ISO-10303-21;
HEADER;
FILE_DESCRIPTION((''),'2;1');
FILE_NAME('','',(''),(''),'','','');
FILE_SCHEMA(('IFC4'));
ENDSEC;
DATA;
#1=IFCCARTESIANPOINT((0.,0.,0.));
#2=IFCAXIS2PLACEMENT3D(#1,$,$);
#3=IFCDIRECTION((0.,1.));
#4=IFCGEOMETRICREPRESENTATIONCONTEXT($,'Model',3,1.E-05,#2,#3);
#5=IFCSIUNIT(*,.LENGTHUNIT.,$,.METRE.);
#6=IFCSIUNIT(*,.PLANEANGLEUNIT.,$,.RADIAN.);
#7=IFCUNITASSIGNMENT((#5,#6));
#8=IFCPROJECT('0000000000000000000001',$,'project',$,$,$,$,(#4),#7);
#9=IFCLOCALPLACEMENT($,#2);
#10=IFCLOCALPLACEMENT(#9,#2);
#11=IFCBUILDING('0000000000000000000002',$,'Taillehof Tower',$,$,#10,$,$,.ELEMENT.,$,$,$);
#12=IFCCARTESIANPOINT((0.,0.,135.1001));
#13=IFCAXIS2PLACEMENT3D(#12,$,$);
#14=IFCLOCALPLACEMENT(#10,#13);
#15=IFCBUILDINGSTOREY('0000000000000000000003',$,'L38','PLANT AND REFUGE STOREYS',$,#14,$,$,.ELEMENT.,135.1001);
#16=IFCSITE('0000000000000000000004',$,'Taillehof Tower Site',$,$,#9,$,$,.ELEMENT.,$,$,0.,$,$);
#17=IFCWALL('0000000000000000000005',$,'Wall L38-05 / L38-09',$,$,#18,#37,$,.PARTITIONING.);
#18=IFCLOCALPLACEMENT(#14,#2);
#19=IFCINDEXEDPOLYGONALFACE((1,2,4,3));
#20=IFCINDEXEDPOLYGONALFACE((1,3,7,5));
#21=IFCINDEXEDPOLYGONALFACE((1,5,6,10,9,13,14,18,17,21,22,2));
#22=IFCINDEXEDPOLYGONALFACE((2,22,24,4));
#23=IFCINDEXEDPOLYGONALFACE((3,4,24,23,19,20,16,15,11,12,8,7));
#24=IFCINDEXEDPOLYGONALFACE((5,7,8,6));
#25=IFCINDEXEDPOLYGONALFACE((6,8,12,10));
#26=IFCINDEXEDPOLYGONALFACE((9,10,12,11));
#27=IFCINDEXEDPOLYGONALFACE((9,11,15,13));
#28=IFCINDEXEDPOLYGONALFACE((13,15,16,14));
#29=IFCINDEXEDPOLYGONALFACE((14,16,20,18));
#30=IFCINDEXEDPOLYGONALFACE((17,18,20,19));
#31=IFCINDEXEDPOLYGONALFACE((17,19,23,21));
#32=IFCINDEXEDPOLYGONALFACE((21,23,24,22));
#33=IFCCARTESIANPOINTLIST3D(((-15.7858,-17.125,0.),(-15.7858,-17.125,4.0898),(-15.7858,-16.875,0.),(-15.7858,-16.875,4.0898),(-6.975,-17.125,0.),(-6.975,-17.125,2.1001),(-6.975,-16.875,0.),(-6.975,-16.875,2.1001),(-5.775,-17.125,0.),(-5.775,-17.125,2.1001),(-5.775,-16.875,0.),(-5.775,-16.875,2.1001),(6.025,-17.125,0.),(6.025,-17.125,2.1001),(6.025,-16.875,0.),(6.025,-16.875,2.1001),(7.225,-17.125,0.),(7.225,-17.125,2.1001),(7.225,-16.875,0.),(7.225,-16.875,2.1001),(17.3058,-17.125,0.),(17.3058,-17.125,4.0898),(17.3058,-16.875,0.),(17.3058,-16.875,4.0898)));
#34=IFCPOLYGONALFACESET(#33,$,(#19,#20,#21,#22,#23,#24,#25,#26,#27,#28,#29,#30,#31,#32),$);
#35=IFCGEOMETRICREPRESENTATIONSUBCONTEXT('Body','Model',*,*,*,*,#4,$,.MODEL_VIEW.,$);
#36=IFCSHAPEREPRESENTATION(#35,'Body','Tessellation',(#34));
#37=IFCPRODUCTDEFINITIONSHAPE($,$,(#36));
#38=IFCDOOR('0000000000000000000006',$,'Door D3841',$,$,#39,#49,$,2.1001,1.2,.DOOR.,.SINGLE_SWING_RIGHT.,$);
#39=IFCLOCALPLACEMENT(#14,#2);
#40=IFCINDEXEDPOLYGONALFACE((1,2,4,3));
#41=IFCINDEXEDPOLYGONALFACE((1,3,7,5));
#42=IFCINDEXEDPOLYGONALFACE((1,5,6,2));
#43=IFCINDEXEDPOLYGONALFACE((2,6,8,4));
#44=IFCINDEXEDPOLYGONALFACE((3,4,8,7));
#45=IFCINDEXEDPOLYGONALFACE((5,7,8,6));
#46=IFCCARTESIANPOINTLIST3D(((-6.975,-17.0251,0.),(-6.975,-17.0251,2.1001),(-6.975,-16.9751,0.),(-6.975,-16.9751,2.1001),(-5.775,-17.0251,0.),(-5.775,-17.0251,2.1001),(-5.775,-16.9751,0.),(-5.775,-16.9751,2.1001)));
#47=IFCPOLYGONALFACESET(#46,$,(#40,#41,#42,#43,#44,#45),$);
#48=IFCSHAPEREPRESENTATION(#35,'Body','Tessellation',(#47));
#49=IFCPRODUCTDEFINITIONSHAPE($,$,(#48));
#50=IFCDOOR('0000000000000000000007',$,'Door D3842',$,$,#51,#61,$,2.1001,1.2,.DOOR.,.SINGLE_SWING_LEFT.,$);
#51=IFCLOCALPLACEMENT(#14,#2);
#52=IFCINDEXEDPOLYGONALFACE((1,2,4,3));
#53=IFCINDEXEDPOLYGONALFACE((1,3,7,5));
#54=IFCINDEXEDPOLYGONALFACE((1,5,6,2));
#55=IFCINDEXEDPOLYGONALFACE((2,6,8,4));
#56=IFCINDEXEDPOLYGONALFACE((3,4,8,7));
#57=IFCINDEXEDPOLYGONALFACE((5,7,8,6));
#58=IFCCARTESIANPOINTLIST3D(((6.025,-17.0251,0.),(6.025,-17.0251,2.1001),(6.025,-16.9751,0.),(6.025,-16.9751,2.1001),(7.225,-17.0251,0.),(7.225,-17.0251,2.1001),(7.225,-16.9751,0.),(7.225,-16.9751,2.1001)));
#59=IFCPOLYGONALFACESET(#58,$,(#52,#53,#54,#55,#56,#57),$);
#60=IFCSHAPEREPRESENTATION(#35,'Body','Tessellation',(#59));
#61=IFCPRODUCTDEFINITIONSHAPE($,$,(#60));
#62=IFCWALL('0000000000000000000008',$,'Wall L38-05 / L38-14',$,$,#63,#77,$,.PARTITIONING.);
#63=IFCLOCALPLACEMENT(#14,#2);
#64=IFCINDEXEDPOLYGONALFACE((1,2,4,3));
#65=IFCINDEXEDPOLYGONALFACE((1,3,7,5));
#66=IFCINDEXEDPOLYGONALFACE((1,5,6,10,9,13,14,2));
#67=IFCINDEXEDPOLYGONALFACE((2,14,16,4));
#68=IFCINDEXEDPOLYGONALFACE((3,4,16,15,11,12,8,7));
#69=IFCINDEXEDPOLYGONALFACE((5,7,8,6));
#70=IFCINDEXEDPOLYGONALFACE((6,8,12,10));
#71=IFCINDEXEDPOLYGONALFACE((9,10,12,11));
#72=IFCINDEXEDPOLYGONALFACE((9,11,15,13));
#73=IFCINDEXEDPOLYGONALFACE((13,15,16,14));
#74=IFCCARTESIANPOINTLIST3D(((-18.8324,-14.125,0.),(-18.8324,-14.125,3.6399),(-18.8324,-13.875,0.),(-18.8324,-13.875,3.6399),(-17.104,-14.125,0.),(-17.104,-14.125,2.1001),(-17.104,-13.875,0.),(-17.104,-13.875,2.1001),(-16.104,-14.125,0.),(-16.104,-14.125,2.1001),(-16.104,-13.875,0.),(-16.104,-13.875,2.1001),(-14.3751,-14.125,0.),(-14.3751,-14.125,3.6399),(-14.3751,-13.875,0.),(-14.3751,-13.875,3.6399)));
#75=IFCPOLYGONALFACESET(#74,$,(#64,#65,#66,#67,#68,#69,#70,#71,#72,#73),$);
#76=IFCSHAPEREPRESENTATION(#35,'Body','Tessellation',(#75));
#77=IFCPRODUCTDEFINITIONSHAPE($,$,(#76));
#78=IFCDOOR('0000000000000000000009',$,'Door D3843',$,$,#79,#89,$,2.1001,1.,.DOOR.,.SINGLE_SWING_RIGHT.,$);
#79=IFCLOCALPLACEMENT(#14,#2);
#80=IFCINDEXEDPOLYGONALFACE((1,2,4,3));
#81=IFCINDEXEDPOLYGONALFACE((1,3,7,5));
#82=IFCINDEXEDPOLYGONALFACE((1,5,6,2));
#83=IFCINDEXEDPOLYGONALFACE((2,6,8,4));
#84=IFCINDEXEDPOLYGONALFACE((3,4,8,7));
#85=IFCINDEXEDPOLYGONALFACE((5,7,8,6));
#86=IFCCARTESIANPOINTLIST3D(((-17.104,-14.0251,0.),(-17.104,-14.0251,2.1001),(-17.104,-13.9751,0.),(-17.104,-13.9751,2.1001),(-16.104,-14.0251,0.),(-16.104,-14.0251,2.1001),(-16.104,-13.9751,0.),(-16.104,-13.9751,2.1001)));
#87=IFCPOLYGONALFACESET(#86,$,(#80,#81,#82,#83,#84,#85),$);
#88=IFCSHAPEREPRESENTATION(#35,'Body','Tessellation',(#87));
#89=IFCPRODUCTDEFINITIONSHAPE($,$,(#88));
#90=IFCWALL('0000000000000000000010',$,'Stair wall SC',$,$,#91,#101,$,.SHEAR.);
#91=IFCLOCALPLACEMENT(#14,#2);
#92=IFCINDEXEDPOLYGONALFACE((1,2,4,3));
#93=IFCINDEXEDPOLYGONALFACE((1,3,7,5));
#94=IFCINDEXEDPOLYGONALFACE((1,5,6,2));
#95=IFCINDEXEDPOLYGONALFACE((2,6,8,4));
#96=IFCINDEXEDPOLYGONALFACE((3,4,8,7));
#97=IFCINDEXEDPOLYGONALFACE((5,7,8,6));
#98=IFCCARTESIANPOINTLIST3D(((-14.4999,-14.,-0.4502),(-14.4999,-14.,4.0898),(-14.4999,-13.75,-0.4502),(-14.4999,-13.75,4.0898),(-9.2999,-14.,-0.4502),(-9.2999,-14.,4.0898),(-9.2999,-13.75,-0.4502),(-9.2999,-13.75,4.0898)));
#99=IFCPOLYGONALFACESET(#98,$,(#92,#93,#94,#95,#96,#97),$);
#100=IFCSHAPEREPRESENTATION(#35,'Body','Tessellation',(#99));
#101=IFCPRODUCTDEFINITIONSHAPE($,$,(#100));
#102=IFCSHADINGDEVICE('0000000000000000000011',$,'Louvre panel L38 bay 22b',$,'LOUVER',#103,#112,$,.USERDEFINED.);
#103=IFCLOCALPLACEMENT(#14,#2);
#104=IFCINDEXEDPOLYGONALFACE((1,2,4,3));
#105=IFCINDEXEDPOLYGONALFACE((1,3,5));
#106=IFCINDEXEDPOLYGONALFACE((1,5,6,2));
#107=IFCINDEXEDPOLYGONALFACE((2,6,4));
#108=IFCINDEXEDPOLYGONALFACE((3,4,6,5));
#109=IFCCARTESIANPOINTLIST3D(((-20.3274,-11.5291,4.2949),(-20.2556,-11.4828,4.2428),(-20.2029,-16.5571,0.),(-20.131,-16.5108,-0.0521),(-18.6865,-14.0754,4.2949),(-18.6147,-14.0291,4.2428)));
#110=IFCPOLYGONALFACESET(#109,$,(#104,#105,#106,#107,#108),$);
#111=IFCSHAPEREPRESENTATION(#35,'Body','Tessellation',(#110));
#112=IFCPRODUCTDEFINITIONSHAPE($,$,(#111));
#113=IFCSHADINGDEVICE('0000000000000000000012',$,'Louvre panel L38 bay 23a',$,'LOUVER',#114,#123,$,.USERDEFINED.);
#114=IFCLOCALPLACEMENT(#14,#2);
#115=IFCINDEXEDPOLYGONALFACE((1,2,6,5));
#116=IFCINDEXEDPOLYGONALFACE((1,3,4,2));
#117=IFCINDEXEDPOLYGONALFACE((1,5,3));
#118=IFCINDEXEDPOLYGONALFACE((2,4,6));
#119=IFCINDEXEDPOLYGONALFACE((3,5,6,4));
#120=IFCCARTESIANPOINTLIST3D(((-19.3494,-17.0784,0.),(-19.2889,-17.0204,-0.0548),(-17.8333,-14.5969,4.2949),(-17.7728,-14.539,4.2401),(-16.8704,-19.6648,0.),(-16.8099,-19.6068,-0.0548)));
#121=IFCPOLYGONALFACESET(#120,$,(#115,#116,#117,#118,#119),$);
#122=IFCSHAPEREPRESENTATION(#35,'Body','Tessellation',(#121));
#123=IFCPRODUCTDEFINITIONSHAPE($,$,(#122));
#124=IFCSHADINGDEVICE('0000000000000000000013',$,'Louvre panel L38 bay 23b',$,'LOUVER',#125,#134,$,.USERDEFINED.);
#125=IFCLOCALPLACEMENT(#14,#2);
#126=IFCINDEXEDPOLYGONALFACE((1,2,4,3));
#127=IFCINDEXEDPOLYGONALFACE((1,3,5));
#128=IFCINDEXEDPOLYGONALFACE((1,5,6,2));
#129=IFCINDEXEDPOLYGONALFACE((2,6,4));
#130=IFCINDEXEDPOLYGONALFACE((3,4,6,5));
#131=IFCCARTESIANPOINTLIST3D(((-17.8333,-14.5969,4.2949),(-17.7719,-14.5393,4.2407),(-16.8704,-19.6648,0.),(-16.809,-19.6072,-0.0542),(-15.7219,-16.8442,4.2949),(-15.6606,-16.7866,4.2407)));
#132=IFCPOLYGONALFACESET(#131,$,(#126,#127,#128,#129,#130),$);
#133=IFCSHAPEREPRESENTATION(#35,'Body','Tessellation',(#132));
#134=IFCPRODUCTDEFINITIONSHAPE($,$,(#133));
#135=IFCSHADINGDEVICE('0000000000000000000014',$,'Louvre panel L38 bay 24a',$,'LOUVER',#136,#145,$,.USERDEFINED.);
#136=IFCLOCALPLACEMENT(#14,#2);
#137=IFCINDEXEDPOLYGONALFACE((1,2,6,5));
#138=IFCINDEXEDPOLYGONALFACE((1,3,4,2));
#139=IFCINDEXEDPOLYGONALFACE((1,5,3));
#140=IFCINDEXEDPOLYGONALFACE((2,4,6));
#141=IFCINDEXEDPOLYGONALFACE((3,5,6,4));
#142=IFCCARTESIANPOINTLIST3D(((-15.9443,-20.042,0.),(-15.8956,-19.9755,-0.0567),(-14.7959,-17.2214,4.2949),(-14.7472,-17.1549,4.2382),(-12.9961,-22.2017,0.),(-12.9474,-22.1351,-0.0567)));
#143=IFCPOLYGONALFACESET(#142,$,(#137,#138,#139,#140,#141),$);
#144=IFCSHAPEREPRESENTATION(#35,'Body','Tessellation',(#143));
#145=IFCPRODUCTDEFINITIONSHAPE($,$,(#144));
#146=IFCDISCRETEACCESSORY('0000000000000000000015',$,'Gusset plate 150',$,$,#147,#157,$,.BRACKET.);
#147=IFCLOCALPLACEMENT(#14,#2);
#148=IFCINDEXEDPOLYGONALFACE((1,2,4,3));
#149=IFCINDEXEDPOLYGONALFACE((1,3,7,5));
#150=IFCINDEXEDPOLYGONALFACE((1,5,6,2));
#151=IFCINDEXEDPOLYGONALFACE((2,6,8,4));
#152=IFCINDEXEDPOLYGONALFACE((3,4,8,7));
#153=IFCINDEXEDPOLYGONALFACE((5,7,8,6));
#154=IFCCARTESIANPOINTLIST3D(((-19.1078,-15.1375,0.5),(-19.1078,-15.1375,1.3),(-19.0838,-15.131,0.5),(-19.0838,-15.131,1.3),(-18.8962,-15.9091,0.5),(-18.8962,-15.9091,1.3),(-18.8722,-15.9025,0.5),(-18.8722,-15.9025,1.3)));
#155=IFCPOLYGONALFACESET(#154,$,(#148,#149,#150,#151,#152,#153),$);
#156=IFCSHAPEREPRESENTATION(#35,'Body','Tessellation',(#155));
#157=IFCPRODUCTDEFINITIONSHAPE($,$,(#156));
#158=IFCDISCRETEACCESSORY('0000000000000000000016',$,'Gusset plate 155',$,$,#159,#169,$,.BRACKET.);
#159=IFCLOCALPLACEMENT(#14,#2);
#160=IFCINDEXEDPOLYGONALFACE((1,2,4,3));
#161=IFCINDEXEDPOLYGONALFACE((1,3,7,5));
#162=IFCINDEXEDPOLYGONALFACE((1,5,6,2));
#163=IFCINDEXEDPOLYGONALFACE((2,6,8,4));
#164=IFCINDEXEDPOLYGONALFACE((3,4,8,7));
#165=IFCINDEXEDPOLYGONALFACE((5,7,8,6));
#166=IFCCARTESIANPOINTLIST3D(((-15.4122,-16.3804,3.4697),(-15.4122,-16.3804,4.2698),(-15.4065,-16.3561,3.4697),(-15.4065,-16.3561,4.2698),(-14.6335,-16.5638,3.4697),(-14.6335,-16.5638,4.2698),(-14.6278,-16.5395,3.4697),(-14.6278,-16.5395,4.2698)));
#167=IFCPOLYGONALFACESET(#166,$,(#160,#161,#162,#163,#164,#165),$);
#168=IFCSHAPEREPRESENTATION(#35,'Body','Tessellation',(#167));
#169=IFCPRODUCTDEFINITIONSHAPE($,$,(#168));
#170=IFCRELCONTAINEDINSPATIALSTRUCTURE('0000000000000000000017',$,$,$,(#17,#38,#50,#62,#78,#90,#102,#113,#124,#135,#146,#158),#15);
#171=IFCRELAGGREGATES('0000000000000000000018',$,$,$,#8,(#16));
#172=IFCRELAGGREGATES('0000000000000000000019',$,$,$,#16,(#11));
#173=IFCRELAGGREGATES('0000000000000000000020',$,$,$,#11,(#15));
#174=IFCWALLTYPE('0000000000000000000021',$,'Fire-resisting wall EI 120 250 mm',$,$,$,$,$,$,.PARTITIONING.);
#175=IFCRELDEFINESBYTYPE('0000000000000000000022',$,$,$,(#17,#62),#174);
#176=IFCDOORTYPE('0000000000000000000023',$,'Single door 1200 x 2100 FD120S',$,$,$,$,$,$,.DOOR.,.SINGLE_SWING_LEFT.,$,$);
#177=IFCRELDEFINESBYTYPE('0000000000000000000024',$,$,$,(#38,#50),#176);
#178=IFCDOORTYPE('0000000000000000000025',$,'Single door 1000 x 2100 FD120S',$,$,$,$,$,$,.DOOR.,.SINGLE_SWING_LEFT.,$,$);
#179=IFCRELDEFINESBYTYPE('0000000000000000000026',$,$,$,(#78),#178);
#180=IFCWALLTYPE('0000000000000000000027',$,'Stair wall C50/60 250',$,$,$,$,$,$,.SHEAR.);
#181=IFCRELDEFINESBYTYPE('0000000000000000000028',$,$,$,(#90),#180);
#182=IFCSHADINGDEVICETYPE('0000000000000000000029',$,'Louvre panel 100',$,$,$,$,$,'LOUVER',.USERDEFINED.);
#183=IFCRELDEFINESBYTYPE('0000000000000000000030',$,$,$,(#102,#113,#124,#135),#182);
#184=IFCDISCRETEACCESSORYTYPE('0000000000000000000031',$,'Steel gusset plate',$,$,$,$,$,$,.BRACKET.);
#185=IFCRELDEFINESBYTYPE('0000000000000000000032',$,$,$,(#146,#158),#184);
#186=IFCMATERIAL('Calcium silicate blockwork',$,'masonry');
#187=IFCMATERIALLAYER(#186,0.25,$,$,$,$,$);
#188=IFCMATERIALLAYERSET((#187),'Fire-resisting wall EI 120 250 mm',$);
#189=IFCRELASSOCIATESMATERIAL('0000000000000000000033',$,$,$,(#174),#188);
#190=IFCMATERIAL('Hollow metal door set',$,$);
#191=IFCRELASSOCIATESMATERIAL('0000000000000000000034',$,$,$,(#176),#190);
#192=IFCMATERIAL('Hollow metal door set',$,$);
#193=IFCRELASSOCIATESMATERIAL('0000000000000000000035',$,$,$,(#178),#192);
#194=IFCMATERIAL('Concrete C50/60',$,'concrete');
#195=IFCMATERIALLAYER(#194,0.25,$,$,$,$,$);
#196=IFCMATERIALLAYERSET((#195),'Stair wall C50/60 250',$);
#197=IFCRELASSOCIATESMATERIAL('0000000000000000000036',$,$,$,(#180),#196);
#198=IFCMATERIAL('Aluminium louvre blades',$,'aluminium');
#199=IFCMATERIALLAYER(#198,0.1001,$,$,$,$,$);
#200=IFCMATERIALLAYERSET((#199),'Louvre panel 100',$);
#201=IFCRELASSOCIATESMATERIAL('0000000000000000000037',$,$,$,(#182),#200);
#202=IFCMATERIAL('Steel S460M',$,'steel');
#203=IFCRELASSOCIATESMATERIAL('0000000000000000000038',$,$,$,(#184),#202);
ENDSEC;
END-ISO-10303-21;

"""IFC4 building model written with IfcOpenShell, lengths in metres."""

from ifc_helpers import new_model, si_unit, direction, frame, frame_2d, origin, origin_2d, place, context, subcontext, project, spatial, polyline, rectangle, outline, extrude, material, layer, layer_set, type_object, element, fill, save


model = new_model("IFC4")

# Units and contexts
model_context = context("Model", 3, precision=1e-05, world=origin(), true_north=direction((0.0, 1.0)))
body_context = subcontext(model_context, "Body", "Model", "MODEL_VIEW")
ifc_project = project(units=[si_unit("LENGTHUNIT", "METRE"), si_unit("PLANEANGLEUNIT", "RADIAN")], contexts=[model_context])

# Site, building, storey
site_placement = place(None, origin())
site = spatial("IfcSite", under=ifc_project, at=site_placement, Name="Taillehof Tower Site", CompositionType="ELEMENT", RefElevation=0.0)
building_placement = place(site_placement, origin())
building = spatial("IfcBuilding", under=site, at=building_placement, Name="Taillehof Tower", CompositionType="ELEMENT")
storey_placement = place(building_placement, frame((0.0, 0.0, 135.1001)))
storey = spatial("IfcBuildingStorey", under=building, at=storey_placement, Name="L38", Description="PLANT AND REFUGE STOREYS", CompositionType="ELEMENT", Elevation=135.1001)

# Shared definitions
ifc_material_1 = material(Name="Calcium silicate blockwork", Category="masonry")
ifc_layer_1 = layer(ifc_material_1, 0.25)
ifc_layer_set_1 = layer_set([ifc_layer_1], Name="Fire-resisting wall EI 120 250 mm")
wall_type_1 = type_object("IfcWallType", Name="Fire-resisting wall EI 120 250 mm", PredefinedType="PARTITIONING", material=ifc_layer_set_1)

# Wall, openings, doors
wall_1_placement = place(storey_placement, frame((-15.7859, -17.0, 0.0), z_axis=(0.0, 0.0, 1.0), x_axis=(1.0, 0.0, 0.0)))
wall_1 = element("IfcWall", 1, at=wall_1_placement, inside=storey, type_object=wall_type_1, Name="Wall L38-05 / L38-09", PredefinedType="PARTITIONING", context=body_context, shape_type="SweptSolid", body=[
    extrude(rectangle(XDim=33.0916, YDim=0.25, at=frame_2d((16.5459, 0.0))), origin(), (0.0, 0.0, 1.0), 4.0898),
])
opening_1_placement = place(wall_1_placement, frame((8.8108, 0.0, 0.0)))
opening_1 = element("IfcOpeningElement", 2, at=opening_1_placement, cuts=wall_1, PredefinedType="OPENING", context=body_context, shape_type="SweptSolid", body=[
    extrude(rectangle(XDim=1.2, YDim=2.1001, at=frame_2d((0.6001, 1.05))), frame((0.0, 0.135, 0.0), z_axis=(0.0, -1.0, 0.0), x_axis=(1.0, 0.0, 0.0)), (0.0, 0.0, 1.0), 0.27),
])
opening_2_placement = place(wall_1_placement, frame((21.8108, 0.0, 0.0)))
opening_2 = element("IfcOpeningElement", 3, at=opening_2_placement, cuts=wall_1, PredefinedType="OPENING", context=body_context, shape_type="SweptSolid", body=[
    extrude(rectangle(XDim=1.2, YDim=2.1001, at=frame_2d((0.6001, 1.05))), frame((0.0, 0.135, 0.0), z_axis=(0.0, -1.0, 0.0), x_axis=(1.0, 0.0, 0.0)), (0.0, 0.0, 1.0), 0.27),
])
ifc_material_2 = material(Name="Hollow metal door set")
door_type_1 = type_object("IfcDoorType", Name="Single door 1200 x 2100 FD120S", OperationType="SINGLE_SWING_LEFT", PredefinedType="DOOR", material=ifc_material_2)
door_1_placement = place(opening_1_placement, origin())
door_1 = element("IfcDoor", 4, at=door_1_placement, inside=storey, type_object=door_type_1, Name="Door D3841", OperationType="SINGLE_SWING_RIGHT", OverallHeight=2.1001, OverallWidth=1.2, PredefinedType="DOOR", context=body_context, shape_type="SweptSolid", body=[
    extrude(rectangle(XDim=1.2, YDim=2.1001, at=frame_2d((0.6001, 1.05))), frame((0.0, 0.0249, 0.0), z_axis=(0.0, -1.0, 0.0), x_axis=(1.0, 0.0, 0.0)), (0.0, 0.0, 1.0), 0.05),
])
fill(opening_1, door_1)
door_2_placement = place(opening_2_placement, origin())
door_2 = element("IfcDoor", 5, at=door_2_placement, inside=storey, type_object=door_type_1, Name="Door D3842", OperationType="SINGLE_SWING_LEFT", OverallHeight=2.1001, OverallWidth=1.2, PredefinedType="DOOR", context=body_context, shape_type="SweptSolid", body=[
    extrude(rectangle(XDim=1.2, YDim=2.1001, at=frame_2d((0.6001, 1.05))), frame((0.0, 0.0249, 0.0), z_axis=(0.0, -1.0, 0.0), x_axis=(1.0, 0.0, 0.0)), (0.0, 0.0, 1.0), 0.05),
])
fill(opening_2, door_2)

# Wall, opening, door
wall_2_placement = place(storey_placement, frame((-18.8323, -14.0, 0.0), z_axis=(0.0, 0.0, 1.0), x_axis=(1.0, 0.0, 0.0)))
wall_2 = element("IfcWall", 6, at=wall_2_placement, inside=storey, type_object=wall_type_1, Name="Wall L38-05 / L38-14", PredefinedType="PARTITIONING", context=body_context, shape_type="SweptSolid", body=[
    extrude(rectangle(XDim=4.4573, YDim=0.25, at=frame_2d((2.2285, 0.0))), origin(), (0.0, 0.0, 1.0), 3.6399),
])
opening_3_placement = place(wall_2_placement, frame((1.7283, 0.0, 0.0)))
opening_3 = element("IfcOpeningElement", 7, at=opening_3_placement, cuts=wall_2, PredefinedType="OPENING", context=body_context, shape_type="SweptSolid", body=[
    extrude(rectangle(XDim=1.0, YDim=2.1001, at=frame_2d((0.5, 1.05))), frame((0.0, 0.135, 0.0), z_axis=(0.0, -1.0, 0.0), x_axis=(1.0, 0.0, 0.0)), (0.0, 0.0, 1.0), 0.27),
])
ifc_material_3 = material(Name="Hollow metal door set")
door_type_2 = type_object("IfcDoorType", Name="Single door 1000 x 2100 FD120S", OperationType="SINGLE_SWING_LEFT", PredefinedType="DOOR", material=ifc_material_3)
door_3_placement = place(opening_3_placement, origin())
door_3 = element("IfcDoor", 8, at=door_3_placement, inside=storey, type_object=door_type_2, Name="Door D3843", OperationType="SINGLE_SWING_RIGHT", OverallHeight=2.1001, OverallWidth=1.0, PredefinedType="DOOR", context=body_context, shape_type="SweptSolid", body=[
    extrude(rectangle(XDim=1.0, YDim=2.1001, at=frame_2d((0.5, 1.05))), frame((0.0, 0.0249, 0.0), z_axis=(0.0, -1.0, 0.0), x_axis=(1.0, 0.0, 0.0)), (0.0, 0.0, 1.0), 0.05),
])
fill(opening_3, door_3)

# Wall
ifc_material_4 = material(Name="Concrete C50/60", Category="concrete")
ifc_layer_2 = layer(ifc_material_4, 0.25)
ifc_layer_set_2 = layer_set([ifc_layer_2], Name="Stair wall C50/60 250")
wall_type_2 = type_object("IfcWallType", Name="Stair wall C50/60 250", PredefinedType="SHEAR", material=ifc_layer_set_2)
wall_3_placement = place(storey_placement, frame((-14.5, -13.875, -0.4502), z_axis=(0.0, 0.0, 1.0), x_axis=(1.0, 0.0, 0.0)))
element("IfcWall", 9, at=wall_3_placement, inside=storey, type_object=wall_type_2, Name="Stair wall SC", PredefinedType="SHEAR", context=body_context, shape_type="SweptSolid", body=[
    extrude(rectangle(XDim=5.2, YDim=0.25, at=frame_2d((2.6001, 0.0))), origin(), (0.0, 0.0, 1.0), 4.54),
])

# Shading devices
ifc_material_5 = material(Name="Aluminium louvre blades", Category="aluminium")
ifc_layer_3 = layer(ifc_material_5, 0.1001)
ifc_layer_set_3 = layer_set([ifc_layer_3], Name="Louvre panel 100")
shading_device_type = type_object("IfcShadingDeviceType", Name="Louvre panel 100", ElementType="LOUVER", PredefinedType="USERDEFINED", material=ifc_layer_set_3)
shading_device_1_placement = place(storey_placement, frame((-20.2029, -16.5571, 0.0), z_axis=(-0.717691, -0.462474, 0.520613), x_axis=(0.292341, 0.478448, 0.828024)))
element("IfcShadingDevice", 10, at=shading_device_1_placement, inside=storey, type_object=shading_device_type, Name="Louvre panel L38 bay 22b", ObjectType="LOUVER", PredefinedType="USERDEFINED", context=body_context, shape_type="SweptSolid", body=[
    extrude(outline(polyline([(0.0, 0.0), (5.187, 0.0), (5.9256, 2.9379), (0.0, 0.0)])), origin(), (0.0, 0.0, -1.0), 0.1001),
])
shading_device_2_placement = place(storey_placement, frame((-19.3494, -17.0784, 0.0), z_axis=(-0.604024, -0.578937, 0.54771), x_axis=(0.691956, -0.72194, 0.0)))
element("IfcShadingDevice", 11, at=shading_device_2_placement, inside=storey, type_object=shading_device_type, Name="Louvre panel L38 bay 23a", ObjectType="LOUVER", PredefinedType="USERDEFINED", context=body_context, shape_type="SweptSolid", body=[
    extrude(outline(polyline([(0.0, 0.0), (3.5826, 0.0), (-0.7424, 5.1334), (0.0, 0.0)])), origin(), (0.0, 0.0, -1.0), 0.1001),
])
shading_device_3_placement = place(storey_placement, frame((-16.8704, -19.6648, 0.0), z_axis=(-0.612592, -0.575523, 0.541761), x_axis=(0.218125, 0.535713, 0.815741)))
element("IfcShadingDevice", 12, at=shading_device_3_placement, inside=storey, type_object=shading_device_type, Name="Louvre panel L38 bay 23b", ObjectType="LOUVER", PredefinedType="USERDEFINED", context=body_context, shape_type="SweptSolid", body=[
    extrude(outline(polyline([(0.0, 0.0), (5.2651, 0.0), (6.0084, 2.9926), (0.0, 0.0)])), origin(), (0.0, 0.0, -1.0), 0.1001),
])
shading_device_4_placement = place(storey_placement, frame((-15.9443, -20.042, 0.0), z_axis=(-0.486892, -0.664674, 0.566696), x_axis=(0.806715, -0.590941, 0.0)))
element("IfcShadingDevice", 13, at=shading_device_4_placement, inside=storey, type_object=shading_device_type, Name="Louvre panel L38 bay 24a", ObjectType="LOUVER", PredefinedType="USERDEFINED", context=body_context, shape_type="SweptSolid", body=[
    extrude(outline(polyline([(0.0, 0.0), (3.6546, 0.0), (-0.7403, 5.2127), (0.0, 0.0)])), origin(), (0.0, 0.0, -1.0), 0.1001),
])

# Discrete accessories
ifc_material_6 = material(Name="Steel S460M", Category="steel")
discrete_accessory_type = type_object("IfcDiscreteAccessoryType", Name="Steel gusset plate", PredefinedType="BRACKET", material=ifc_material_6)
for number, where, z_axis, x_axis, name in (
    (14, (-18.99, -15.52, 0.5), (0.0, 0.0, 1.0), (0.264519, -0.96438, 0.0), "Gusset plate 150"),
    (15, (-15.02, -16.46, 3.4697), (0.0, 0.0, 1.0), (0.973368, -0.229246, 0.0), "Gusset plate 155"),
):
    element("IfcDiscreteAccessory", number, at=place(storey_placement, frame(where, z_axis=z_axis, x_axis=x_axis)), inside=storey, type_object=discrete_accessory_type, Name=name, PredefinedType="BRACKET", context=body_context, shape_type="SweptSolid", body=[
        extrude(rectangle(XDim=0.8, YDim=0.0249, at=origin_2d()), origin(), (0.0, 0.0, 1.0), 0.8),
    ])

save(model, "model.ifc")
